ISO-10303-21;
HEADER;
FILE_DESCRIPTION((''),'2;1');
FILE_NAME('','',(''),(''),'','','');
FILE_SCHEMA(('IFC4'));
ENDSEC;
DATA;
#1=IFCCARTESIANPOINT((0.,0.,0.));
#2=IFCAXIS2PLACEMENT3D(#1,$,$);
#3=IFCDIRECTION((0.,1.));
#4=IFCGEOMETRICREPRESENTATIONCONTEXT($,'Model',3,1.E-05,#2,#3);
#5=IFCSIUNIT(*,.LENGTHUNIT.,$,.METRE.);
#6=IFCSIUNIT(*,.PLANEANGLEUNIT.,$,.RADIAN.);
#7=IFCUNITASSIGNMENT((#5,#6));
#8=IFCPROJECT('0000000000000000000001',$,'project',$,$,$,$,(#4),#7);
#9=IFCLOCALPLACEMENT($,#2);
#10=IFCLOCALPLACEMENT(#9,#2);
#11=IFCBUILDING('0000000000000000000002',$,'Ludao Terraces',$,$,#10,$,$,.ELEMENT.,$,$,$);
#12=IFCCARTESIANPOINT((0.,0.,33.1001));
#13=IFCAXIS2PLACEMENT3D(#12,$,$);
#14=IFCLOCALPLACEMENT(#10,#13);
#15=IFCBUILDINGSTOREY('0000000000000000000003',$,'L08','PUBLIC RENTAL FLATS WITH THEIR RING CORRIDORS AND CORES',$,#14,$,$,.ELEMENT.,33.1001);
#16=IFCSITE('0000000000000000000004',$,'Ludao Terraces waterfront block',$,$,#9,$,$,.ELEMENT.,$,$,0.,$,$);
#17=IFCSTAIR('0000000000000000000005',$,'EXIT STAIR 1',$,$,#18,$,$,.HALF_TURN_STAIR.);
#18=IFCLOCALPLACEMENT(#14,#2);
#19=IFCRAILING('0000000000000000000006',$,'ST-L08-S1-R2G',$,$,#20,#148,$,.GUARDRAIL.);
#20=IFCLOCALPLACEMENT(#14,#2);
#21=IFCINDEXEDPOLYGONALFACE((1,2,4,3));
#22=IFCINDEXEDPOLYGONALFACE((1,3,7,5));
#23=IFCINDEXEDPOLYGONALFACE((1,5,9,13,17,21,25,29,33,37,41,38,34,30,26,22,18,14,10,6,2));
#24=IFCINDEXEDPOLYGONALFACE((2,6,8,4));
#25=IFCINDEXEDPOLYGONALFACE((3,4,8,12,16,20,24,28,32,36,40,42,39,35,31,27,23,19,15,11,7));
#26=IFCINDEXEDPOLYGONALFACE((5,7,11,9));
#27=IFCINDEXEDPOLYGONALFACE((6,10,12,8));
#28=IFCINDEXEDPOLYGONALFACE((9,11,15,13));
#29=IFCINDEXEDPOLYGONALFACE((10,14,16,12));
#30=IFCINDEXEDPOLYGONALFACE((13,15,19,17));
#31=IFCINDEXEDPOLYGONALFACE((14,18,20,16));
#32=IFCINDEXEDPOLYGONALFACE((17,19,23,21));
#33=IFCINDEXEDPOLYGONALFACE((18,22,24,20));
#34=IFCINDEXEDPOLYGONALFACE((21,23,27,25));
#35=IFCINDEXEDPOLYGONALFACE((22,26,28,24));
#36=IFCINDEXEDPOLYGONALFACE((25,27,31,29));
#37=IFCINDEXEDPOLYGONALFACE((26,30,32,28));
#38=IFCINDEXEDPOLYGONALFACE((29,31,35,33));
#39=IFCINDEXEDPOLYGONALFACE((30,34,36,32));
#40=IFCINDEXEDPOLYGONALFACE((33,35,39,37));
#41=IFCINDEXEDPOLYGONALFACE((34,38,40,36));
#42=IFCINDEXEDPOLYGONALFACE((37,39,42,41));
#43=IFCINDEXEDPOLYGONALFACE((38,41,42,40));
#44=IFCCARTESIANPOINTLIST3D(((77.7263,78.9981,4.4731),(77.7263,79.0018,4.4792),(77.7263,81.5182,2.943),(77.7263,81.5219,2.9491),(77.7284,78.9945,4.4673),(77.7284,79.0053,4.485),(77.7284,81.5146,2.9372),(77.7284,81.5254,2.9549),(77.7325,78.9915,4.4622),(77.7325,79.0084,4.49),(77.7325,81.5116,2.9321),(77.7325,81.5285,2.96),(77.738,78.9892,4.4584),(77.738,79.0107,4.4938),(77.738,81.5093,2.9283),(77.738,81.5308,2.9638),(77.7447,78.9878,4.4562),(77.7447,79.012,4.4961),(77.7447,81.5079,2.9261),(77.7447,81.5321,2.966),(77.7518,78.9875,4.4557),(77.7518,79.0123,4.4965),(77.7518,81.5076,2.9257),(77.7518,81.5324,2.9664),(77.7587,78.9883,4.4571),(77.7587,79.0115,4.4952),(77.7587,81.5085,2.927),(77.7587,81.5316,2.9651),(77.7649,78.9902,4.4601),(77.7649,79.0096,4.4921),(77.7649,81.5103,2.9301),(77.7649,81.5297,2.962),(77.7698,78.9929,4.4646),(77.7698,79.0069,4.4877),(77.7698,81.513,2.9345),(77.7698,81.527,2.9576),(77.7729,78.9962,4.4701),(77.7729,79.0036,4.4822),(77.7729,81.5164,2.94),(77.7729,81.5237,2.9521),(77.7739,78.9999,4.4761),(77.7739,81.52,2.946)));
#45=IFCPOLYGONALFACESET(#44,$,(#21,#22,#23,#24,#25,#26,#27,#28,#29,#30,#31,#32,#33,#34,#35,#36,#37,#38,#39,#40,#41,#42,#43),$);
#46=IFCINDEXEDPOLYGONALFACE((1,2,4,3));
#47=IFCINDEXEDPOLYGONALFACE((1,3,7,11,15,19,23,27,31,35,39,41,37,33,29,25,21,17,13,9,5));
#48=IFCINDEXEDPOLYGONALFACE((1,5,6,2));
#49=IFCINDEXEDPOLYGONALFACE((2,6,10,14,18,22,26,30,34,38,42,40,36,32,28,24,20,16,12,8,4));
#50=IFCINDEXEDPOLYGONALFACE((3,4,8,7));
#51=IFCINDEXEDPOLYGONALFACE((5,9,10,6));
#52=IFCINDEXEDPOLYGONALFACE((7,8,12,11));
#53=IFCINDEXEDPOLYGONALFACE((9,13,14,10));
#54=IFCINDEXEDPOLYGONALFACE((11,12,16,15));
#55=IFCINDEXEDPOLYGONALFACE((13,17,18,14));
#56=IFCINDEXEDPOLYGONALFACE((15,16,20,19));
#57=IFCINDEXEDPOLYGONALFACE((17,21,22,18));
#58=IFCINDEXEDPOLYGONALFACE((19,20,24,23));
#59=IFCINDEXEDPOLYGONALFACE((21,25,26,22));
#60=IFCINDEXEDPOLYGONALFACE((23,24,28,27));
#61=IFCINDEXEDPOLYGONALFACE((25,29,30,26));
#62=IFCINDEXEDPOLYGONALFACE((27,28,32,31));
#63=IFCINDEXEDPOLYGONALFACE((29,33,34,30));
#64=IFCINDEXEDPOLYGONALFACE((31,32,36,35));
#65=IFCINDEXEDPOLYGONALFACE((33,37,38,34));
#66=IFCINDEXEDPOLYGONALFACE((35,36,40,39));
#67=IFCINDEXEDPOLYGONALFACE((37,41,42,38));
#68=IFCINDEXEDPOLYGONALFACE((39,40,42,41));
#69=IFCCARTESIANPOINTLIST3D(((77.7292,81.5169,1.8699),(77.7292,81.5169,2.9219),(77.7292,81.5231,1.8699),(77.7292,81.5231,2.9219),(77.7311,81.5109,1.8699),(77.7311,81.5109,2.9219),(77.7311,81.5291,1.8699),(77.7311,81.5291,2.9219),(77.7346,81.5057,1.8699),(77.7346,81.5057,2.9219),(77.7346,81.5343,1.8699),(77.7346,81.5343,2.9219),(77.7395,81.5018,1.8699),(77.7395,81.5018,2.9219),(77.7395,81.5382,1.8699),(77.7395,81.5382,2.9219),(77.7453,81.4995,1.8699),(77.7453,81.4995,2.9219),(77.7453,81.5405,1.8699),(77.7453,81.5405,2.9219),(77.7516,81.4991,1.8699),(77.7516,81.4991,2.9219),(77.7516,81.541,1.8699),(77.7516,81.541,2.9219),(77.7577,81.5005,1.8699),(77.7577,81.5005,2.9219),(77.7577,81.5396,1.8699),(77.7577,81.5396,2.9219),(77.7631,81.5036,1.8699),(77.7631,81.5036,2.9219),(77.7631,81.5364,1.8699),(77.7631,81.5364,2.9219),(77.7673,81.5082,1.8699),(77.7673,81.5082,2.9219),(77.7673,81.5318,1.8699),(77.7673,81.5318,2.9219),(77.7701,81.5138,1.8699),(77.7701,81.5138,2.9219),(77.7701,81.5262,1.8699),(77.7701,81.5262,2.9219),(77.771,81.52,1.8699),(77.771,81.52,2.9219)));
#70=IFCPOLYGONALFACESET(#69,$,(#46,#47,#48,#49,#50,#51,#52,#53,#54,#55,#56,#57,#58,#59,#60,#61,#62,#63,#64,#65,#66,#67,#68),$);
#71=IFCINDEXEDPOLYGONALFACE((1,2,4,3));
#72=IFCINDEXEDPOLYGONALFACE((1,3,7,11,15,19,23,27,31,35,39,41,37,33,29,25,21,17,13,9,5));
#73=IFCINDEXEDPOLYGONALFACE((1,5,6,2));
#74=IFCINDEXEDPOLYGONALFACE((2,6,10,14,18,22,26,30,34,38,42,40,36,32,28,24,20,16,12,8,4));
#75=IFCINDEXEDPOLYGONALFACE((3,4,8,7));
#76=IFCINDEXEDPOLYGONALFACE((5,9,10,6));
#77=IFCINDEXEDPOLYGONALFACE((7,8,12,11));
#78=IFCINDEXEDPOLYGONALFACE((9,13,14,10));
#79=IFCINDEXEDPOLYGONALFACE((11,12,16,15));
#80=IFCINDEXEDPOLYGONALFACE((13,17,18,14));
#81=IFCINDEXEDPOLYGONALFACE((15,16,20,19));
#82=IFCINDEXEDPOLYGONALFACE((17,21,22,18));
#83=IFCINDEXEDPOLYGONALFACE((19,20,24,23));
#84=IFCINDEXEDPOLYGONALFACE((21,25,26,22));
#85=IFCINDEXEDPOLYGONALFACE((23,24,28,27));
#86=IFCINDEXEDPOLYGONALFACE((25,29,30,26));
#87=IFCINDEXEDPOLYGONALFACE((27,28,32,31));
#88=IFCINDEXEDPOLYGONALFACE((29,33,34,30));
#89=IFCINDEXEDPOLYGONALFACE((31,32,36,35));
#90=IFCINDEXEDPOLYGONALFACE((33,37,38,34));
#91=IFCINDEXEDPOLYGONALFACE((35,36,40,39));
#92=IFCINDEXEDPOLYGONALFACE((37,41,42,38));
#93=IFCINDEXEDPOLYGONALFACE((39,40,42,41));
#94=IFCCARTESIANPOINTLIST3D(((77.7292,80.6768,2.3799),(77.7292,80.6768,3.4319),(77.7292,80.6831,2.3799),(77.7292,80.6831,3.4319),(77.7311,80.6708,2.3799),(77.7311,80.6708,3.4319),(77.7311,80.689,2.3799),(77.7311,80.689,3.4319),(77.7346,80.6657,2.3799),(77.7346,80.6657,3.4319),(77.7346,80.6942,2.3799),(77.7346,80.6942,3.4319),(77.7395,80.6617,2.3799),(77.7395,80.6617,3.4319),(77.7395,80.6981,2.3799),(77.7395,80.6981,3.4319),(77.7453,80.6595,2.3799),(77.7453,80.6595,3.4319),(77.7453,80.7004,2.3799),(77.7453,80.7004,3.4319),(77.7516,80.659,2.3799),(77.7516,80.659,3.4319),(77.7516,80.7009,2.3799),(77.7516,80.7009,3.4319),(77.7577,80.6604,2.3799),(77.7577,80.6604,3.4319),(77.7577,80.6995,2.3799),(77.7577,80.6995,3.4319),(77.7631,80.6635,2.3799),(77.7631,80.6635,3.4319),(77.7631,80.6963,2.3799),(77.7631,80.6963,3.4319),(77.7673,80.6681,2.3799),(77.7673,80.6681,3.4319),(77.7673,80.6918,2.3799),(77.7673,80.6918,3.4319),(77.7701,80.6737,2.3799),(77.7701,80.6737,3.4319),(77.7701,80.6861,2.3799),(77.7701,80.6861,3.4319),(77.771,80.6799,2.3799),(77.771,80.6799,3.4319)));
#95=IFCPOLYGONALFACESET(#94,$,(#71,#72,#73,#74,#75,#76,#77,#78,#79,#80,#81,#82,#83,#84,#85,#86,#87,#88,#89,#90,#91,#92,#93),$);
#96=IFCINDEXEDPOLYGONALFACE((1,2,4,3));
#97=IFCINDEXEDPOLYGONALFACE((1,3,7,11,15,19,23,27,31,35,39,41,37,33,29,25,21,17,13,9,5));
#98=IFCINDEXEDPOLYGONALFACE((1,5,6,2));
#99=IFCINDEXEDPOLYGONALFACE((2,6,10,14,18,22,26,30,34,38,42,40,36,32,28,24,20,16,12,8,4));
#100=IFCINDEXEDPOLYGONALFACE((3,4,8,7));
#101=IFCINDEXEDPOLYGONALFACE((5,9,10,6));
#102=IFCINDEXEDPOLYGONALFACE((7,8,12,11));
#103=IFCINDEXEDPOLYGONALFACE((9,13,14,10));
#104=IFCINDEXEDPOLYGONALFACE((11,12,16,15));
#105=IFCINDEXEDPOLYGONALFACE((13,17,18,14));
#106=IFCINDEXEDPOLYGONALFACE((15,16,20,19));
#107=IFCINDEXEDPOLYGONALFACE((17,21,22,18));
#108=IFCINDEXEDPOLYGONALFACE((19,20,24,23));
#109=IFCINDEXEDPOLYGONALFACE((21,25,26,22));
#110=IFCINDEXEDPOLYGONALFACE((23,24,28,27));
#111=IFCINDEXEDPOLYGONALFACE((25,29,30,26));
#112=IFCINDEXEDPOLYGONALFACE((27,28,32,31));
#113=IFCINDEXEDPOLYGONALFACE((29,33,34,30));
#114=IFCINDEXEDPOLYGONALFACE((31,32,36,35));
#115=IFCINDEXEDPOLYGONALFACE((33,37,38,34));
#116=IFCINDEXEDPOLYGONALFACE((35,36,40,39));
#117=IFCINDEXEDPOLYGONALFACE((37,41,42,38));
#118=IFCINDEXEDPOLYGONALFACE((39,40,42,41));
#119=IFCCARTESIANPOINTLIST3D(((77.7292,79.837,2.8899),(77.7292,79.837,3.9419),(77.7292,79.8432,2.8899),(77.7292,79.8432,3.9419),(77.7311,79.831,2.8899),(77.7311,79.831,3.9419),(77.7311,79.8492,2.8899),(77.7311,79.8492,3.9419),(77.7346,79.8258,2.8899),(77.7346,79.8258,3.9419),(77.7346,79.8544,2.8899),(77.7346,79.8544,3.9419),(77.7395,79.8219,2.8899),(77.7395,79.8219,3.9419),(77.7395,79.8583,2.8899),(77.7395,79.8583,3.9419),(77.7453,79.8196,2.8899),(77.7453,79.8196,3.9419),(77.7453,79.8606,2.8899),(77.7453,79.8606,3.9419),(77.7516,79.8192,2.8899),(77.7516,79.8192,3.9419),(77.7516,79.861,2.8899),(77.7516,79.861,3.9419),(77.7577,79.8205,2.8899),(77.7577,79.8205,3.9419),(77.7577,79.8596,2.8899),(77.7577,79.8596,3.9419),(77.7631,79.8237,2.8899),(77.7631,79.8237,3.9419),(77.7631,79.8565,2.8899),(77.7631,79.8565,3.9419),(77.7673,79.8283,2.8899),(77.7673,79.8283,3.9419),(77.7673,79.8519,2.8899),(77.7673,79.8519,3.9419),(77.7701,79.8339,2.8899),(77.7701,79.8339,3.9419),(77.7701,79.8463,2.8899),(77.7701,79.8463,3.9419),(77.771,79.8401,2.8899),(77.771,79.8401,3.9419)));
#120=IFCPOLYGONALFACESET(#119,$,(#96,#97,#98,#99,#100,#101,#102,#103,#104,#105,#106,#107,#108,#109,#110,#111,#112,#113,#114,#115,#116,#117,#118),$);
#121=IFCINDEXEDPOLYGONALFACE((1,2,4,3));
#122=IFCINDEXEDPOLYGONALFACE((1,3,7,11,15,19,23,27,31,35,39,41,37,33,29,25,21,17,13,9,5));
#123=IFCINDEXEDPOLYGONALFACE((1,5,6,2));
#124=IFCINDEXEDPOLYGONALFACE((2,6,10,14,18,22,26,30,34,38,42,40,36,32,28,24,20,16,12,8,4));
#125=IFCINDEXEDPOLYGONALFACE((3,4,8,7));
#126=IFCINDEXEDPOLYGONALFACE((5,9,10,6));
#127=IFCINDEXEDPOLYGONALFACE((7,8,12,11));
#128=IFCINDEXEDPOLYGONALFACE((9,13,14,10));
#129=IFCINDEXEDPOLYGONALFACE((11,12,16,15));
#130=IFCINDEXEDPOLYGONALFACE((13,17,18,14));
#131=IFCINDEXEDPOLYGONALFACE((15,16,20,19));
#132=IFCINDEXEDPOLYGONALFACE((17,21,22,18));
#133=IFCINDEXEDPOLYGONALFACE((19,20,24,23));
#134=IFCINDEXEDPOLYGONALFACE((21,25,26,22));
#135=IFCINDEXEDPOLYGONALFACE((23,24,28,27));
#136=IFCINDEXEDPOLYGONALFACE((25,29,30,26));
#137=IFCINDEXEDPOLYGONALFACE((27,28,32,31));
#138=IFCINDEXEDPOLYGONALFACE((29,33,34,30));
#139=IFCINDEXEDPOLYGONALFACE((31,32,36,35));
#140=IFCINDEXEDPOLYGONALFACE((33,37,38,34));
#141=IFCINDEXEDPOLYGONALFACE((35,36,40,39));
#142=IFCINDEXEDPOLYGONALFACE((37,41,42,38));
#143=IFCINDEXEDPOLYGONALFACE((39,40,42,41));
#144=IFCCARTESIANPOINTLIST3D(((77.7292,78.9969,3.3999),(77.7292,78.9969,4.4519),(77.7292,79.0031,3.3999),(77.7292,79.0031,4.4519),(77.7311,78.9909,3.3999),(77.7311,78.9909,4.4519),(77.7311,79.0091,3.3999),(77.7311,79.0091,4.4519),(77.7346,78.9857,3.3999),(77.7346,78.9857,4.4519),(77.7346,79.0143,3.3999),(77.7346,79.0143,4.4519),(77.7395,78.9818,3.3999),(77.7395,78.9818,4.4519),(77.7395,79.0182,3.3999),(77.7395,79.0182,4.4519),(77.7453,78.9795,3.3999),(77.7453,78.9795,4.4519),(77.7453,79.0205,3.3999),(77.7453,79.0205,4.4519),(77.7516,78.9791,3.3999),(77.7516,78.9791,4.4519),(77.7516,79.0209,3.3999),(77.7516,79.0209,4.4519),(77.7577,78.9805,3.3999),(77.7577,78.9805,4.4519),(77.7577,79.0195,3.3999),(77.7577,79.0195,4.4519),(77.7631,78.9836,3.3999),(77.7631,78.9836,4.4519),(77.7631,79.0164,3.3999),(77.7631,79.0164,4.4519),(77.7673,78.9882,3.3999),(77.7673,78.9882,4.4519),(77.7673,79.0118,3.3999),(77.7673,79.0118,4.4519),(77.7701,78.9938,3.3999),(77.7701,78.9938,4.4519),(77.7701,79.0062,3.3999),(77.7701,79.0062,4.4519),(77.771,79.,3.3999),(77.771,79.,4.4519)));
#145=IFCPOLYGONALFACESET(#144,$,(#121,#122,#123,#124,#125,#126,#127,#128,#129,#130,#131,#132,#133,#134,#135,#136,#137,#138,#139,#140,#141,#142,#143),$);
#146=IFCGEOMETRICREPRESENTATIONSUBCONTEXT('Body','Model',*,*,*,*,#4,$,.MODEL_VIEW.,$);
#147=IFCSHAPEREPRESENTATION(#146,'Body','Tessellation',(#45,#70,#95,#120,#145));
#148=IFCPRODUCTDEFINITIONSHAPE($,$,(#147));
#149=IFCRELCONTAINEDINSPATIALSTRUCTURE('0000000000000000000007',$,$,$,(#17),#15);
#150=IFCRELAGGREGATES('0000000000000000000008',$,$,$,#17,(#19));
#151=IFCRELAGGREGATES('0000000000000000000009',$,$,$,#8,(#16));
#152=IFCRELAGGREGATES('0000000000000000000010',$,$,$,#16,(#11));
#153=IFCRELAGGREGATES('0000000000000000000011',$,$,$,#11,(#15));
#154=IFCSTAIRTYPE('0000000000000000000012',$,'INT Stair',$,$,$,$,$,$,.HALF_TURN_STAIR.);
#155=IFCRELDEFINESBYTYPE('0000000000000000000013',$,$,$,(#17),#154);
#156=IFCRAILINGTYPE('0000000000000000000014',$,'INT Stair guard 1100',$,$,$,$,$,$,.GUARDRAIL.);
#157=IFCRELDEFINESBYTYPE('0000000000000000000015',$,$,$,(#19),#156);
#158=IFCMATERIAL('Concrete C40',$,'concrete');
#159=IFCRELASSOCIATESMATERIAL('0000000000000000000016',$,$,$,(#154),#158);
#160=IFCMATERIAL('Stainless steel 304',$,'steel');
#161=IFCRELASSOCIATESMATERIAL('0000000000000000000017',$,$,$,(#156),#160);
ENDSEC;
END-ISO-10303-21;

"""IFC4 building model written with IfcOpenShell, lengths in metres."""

from ifc_helpers import new_model, si_unit, direction, frame, origin, origin_2d, place, context, subcontext, project, spatial, circle, extrude, material, type_object, element, aggregate, save


model = new_model("IFC4")

# Units and contexts
model_context = context("Model", 3, precision=1e-05, world=origin(), true_north=direction((0.0, 1.0)))
body_context = subcontext(model_context, "Body", "Model", "MODEL_VIEW")
ifc_project = project(units=[si_unit("LENGTHUNIT", "METRE"), si_unit("PLANEANGLEUNIT", "RADIAN")], contexts=[model_context])

# Site, building, storey
site_placement = place(None, origin())
site = spatial("IfcSite", under=ifc_project, at=site_placement, Name="Ludao Terraces waterfront block", CompositionType="ELEMENT", RefElevation=0.0)
building_placement = place(site_placement, origin())
building = spatial("IfcBuilding", under=site, at=building_placement, Name="Ludao Terraces", CompositionType="ELEMENT")
storey_placement = place(building_placement, frame((0.0, 0.0, 33.1001)))
storey = spatial("IfcBuildingStorey", under=building, at=storey_placement, Name="L08", Description="PUBLIC RENTAL FLATS WITH THEIR RING CORRIDORS AND CORES", CompositionType="ELEMENT", Elevation=33.1001)

# Shared definitions
ifc_material_1 = material(Name="Concrete C40", Category="concrete")

# Shared definitions
ifc_material_2 = material(Name="Stainless steel 304", Category="steel")

# Stair, railing
stair_type = type_object("IfcStairType", Name="INT Stair", PredefinedType="HALF_TURN_STAIR", material=ifc_material_1)
stair_placement = place(storey_placement, origin())
stair = element("IfcStair", 1, at=stair_placement, inside=storey, type_object=stair_type, Name="EXIT STAIR 1", PredefinedType="HALF_TURN_STAIR")
railing_type_1 = type_object("IfcRailingType", Name="INT Stair guard 1100", PredefinedType="GUARDRAIL", material=ifc_material_2)
railing_1_placement = place(storey_placement, frame((77.75, 81.52, 1.8699)))
railing_1 = element("IfcRailing", 2, at=railing_1_placement, type_object=railing_type_1, Name="ST-L08-S1-R2G", PredefinedType="GUARDRAIL", context=body_context, shape_type="SweptSolid", body=[
    extrude(circle(Radius=0.0239, at=origin_2d()), frame((0.0, 0.0, 1.0762), z_axis=(0.0, -0.854785, 0.518982), x_axis=(1.0, 0.0, 0.0)), (0.0, 0.0, 1.0), 2.9482),
    extrude(circle(Radius=0.021, at=origin_2d()), origin(), (0.0, 0.0, 1.0), 1.052),
    extrude(circle(Radius=0.021, at=origin_2d()), frame((0.0, -0.8401, 0.51)), (0.0, 0.0, 1.0), 1.052),
    extrude(circle(Radius=0.021, at=origin_2d()), frame((0.0, -1.6799, 1.02)), (0.0, 0.0, 1.0), 1.052),
    extrude(circle(Radius=0.021, at=origin_2d()), frame((0.0, -2.52, 1.53)), (0.0, 0.0, 1.0), 1.052),
])
aggregate(stair, [railing_1])

save(model, "model.ifc")
